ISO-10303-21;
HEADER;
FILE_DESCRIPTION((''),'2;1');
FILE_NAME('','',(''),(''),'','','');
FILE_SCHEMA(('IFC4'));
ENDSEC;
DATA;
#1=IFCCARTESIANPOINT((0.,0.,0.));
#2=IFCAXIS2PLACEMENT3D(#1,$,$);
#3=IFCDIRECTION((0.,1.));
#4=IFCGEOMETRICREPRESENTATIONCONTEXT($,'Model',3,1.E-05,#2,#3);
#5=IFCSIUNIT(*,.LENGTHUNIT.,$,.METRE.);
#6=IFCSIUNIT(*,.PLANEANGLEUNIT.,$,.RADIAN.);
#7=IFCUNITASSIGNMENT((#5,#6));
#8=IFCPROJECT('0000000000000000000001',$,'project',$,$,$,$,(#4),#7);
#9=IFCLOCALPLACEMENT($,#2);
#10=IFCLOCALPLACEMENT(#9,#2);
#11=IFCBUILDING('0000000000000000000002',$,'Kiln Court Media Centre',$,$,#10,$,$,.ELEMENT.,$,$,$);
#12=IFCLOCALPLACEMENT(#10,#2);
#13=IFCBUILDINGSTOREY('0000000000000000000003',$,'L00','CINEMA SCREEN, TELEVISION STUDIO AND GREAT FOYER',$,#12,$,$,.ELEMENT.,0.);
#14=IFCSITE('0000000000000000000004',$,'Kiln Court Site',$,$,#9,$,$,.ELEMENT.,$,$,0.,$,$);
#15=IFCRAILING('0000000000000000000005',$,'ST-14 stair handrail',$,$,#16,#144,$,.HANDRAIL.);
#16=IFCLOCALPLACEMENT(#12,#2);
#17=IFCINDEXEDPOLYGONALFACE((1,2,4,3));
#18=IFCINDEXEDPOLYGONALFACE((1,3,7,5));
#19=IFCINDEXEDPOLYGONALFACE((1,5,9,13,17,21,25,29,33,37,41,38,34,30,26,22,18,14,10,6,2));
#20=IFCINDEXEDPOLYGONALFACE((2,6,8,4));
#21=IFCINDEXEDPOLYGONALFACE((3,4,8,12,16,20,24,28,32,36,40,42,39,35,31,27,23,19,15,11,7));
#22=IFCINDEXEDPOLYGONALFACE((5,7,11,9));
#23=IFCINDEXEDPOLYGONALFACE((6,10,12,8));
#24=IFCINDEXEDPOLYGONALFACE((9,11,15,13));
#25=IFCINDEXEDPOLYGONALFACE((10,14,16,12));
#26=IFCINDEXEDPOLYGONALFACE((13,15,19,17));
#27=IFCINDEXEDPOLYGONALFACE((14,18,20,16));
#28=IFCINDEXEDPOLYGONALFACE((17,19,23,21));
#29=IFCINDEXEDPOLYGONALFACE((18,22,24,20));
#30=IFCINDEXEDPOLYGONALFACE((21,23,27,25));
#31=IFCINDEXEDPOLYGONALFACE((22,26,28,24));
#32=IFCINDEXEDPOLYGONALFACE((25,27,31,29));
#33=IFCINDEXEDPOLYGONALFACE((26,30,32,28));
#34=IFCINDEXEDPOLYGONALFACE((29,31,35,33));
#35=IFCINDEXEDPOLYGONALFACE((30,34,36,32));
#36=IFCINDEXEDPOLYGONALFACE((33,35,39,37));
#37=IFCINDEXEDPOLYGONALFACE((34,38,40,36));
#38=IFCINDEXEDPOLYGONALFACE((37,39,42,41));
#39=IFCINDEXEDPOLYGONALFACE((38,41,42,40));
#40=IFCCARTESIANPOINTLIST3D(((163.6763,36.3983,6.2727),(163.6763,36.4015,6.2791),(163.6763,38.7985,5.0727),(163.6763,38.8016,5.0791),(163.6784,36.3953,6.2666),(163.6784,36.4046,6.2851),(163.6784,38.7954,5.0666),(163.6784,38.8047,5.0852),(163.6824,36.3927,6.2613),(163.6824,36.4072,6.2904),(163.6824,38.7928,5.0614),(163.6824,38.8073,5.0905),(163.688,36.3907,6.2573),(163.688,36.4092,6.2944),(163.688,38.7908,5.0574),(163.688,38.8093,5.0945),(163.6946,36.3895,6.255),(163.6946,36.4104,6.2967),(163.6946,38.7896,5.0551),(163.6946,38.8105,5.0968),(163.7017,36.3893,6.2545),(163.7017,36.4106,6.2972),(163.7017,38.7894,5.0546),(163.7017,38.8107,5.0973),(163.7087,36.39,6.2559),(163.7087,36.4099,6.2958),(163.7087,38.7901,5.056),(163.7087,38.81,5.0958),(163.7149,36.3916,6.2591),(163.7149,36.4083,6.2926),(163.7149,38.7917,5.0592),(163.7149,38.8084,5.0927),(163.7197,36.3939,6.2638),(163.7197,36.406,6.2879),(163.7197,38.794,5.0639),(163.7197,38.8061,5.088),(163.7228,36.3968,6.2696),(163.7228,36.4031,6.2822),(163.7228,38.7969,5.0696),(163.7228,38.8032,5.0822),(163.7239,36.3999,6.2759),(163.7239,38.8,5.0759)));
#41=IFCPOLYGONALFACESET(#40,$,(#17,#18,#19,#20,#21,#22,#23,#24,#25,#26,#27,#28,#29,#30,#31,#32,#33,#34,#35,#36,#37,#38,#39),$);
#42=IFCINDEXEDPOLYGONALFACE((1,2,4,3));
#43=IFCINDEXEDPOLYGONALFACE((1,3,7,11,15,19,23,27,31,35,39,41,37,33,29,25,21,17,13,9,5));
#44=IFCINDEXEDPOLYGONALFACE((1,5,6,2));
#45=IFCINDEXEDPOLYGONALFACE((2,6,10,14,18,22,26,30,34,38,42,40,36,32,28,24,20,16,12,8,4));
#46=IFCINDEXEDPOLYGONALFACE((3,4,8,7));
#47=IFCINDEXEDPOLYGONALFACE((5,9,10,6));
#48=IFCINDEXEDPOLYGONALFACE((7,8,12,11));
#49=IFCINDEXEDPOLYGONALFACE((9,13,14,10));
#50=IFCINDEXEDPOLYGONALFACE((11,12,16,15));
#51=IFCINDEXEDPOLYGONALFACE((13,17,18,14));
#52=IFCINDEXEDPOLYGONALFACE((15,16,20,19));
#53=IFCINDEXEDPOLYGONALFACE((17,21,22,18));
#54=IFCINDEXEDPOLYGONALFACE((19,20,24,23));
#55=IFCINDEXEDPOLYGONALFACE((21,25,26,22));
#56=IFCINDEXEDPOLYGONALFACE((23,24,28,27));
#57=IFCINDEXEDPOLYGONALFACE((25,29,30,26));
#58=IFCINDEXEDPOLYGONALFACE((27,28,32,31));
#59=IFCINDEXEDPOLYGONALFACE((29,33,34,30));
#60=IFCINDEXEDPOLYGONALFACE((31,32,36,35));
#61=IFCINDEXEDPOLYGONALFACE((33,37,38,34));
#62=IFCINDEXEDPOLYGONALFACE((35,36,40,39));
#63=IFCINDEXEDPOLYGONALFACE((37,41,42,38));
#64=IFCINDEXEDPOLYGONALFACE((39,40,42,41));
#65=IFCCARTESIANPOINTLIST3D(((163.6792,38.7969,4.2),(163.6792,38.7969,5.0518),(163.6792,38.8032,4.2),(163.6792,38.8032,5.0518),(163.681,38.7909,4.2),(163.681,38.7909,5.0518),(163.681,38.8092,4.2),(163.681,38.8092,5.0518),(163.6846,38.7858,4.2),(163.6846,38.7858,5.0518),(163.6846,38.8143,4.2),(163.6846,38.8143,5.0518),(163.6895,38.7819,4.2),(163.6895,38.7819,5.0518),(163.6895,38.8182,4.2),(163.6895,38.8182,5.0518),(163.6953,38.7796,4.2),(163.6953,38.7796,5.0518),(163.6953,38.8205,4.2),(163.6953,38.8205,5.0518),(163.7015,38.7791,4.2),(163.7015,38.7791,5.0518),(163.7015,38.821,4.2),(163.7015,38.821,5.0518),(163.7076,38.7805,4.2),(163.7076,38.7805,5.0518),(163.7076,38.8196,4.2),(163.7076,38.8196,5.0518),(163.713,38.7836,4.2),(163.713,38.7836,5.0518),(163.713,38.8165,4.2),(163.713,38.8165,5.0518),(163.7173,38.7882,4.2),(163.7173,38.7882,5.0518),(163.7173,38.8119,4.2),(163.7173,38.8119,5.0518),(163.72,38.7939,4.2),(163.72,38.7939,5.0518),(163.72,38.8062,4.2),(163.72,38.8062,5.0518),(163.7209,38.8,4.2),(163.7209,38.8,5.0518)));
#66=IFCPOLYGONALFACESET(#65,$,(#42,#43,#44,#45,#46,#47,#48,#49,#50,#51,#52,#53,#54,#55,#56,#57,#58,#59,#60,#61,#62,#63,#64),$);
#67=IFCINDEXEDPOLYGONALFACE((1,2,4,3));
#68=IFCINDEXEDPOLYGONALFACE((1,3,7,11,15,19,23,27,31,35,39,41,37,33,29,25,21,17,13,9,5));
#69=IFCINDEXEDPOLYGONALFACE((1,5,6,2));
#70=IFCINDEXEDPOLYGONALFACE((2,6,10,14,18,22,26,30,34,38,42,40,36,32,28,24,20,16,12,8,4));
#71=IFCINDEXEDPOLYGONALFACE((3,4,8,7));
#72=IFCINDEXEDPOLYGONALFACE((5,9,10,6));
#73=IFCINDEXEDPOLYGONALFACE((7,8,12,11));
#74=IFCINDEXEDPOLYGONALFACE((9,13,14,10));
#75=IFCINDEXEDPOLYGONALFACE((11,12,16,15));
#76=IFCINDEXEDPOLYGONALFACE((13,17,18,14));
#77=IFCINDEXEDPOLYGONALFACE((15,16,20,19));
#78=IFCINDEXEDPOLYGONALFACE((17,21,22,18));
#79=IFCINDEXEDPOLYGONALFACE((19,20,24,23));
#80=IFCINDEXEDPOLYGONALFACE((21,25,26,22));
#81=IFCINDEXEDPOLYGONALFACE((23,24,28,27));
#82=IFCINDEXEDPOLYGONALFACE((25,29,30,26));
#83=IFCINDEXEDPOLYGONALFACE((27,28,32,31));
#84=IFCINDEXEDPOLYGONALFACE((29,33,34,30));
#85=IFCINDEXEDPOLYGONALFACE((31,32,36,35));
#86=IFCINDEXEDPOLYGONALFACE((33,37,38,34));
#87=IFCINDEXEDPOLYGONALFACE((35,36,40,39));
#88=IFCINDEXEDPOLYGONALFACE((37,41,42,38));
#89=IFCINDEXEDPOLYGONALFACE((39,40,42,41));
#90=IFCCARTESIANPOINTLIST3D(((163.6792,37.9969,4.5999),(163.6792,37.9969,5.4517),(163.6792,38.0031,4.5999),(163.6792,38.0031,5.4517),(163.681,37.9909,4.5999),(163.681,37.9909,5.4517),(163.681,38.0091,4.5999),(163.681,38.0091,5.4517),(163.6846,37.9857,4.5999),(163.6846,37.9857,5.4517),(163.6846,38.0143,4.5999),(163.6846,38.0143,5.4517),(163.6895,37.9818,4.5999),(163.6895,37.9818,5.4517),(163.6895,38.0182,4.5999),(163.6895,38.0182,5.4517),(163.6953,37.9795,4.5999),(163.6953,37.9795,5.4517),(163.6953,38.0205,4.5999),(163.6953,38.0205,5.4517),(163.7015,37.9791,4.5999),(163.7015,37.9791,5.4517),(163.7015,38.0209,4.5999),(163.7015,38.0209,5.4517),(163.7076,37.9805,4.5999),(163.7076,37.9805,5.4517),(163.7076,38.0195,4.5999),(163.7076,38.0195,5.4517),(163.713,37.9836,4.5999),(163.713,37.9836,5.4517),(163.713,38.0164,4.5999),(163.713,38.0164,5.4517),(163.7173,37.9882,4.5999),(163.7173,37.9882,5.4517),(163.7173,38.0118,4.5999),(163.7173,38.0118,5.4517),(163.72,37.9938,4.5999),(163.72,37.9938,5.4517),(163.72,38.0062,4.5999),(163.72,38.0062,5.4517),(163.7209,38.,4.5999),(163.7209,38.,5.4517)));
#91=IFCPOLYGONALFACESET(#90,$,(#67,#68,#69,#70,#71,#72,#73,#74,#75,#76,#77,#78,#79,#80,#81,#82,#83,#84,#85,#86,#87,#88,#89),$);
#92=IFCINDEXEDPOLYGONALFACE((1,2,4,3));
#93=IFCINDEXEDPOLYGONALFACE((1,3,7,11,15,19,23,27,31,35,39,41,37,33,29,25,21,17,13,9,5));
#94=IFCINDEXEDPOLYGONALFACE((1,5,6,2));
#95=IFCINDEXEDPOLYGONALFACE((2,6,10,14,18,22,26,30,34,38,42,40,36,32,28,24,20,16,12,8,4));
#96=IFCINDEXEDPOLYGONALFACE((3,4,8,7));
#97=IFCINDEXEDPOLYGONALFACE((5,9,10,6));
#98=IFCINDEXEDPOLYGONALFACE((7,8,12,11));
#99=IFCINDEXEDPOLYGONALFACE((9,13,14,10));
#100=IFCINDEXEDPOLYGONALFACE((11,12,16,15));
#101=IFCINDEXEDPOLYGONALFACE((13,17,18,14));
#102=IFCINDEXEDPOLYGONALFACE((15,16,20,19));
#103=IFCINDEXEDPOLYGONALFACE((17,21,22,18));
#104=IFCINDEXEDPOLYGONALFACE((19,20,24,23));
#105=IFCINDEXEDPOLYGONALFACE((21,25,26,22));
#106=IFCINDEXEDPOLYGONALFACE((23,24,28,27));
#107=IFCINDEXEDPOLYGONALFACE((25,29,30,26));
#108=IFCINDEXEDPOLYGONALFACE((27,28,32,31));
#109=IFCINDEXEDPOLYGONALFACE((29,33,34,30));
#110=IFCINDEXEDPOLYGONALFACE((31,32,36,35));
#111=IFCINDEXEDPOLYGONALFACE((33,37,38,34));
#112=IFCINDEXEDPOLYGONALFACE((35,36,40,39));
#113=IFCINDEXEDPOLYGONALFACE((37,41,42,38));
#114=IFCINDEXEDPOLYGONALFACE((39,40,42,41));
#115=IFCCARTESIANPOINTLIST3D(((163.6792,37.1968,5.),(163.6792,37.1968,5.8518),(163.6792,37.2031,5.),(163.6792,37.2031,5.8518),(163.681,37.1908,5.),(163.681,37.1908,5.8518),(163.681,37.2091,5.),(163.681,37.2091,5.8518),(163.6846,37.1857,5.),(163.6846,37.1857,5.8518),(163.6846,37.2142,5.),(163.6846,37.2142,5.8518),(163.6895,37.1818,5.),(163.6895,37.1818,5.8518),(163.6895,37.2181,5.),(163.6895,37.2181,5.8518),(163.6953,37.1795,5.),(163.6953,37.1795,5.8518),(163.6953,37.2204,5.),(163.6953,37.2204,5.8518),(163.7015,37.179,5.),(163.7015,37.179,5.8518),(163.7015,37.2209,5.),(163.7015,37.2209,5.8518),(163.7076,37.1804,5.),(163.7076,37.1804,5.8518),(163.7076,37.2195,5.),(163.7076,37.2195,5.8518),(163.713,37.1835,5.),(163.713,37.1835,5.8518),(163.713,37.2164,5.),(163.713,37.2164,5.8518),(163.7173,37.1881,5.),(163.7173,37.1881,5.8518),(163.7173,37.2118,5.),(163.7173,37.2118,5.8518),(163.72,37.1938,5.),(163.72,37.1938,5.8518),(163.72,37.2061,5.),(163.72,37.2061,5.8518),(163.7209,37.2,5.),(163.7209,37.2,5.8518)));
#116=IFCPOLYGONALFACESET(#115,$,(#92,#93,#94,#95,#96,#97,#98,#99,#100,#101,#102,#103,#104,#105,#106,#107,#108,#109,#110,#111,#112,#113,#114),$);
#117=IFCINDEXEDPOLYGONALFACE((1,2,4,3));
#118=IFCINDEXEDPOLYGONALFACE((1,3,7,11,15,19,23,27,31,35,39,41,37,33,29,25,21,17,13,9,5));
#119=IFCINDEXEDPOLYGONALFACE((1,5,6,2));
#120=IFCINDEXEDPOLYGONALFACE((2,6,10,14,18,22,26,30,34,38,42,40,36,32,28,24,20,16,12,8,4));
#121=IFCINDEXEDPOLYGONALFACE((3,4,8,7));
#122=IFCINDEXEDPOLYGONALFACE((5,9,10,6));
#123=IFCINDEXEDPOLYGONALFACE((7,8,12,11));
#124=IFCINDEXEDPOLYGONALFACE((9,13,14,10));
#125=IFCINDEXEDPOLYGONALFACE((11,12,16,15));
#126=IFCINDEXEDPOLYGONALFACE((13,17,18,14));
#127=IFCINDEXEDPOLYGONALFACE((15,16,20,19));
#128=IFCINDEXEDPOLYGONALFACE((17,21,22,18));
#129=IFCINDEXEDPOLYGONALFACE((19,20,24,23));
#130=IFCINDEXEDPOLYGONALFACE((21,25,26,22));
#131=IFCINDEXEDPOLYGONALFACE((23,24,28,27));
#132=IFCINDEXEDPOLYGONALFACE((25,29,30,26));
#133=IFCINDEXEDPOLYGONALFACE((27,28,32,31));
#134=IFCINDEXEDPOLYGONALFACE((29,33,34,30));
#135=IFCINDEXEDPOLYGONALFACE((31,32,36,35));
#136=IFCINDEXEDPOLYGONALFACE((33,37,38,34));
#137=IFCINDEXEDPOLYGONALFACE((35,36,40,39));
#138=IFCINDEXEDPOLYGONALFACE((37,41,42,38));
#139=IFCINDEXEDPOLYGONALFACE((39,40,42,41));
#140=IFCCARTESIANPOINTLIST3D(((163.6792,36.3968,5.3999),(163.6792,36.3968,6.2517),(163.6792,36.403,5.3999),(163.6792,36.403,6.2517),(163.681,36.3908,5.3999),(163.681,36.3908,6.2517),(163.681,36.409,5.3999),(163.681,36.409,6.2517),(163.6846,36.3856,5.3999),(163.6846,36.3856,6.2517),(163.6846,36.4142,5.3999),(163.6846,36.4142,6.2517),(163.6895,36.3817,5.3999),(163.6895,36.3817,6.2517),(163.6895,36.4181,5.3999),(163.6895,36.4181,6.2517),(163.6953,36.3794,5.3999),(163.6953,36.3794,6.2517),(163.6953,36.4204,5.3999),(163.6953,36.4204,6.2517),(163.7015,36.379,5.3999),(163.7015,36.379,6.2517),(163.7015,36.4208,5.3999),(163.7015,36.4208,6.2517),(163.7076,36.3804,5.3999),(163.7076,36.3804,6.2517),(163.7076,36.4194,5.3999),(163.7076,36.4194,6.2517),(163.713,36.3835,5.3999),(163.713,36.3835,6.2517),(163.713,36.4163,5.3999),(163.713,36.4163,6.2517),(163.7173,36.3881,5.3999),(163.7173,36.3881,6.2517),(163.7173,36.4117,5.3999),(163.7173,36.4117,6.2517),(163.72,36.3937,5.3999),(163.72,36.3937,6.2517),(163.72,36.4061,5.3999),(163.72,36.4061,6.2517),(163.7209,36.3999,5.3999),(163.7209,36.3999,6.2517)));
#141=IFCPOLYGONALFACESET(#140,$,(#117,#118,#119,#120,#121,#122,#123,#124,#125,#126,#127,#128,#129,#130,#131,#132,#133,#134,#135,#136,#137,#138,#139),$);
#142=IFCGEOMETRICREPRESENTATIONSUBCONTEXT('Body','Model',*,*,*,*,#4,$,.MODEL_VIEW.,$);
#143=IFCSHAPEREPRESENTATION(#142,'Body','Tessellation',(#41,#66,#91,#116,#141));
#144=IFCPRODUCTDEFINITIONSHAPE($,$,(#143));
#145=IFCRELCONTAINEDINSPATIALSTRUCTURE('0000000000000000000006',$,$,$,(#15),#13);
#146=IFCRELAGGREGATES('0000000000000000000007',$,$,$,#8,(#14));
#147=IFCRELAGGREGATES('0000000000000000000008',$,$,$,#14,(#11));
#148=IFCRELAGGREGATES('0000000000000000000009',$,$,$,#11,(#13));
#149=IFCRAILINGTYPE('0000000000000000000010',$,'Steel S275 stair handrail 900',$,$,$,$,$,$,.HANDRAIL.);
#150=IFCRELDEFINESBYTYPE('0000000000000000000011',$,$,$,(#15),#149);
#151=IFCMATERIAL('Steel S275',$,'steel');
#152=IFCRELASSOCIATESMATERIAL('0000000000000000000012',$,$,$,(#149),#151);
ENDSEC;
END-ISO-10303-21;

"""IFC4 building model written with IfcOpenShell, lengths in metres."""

from ifc_helpers import new_model, si_unit, direction, frame, origin, origin_2d, place, context, subcontext, project, spatial, circle, extrude, material, type_object, element, save


model = new_model("IFC4")

# Units and contexts
model_context = context("Model", 3, precision=1e-05, world=origin(), true_north=direction((0.0, 1.0)))
body_context = subcontext(model_context, "Body", "Model", "MODEL_VIEW")
ifc_project = project(units=[si_unit("LENGTHUNIT", "METRE"), si_unit("PLANEANGLEUNIT", "RADIAN")], contexts=[model_context])

# Site, building, storey
site_placement = place(None, origin())
site = spatial("IfcSite", under=ifc_project, at=site_placement, Name="Kiln Court Site", CompositionType="ELEMENT", RefElevation=0.0)
building_placement = place(site_placement, origin())
building = spatial("IfcBuilding", under=site, at=building_placement, Name="Kiln Court Media Centre", CompositionType="ELEMENT")
storey_placement = place(building_placement, origin())
storey = spatial("IfcBuildingStorey", under=building, at=storey_placement, Name="L00", Description="CINEMA SCREEN, TELEVISION STUDIO AND GREAT FOYER", CompositionType="ELEMENT", Elevation=0.0)

# Railing
ifc_material_1 = material(Name="Steel S275", Category="steel")
railing_type_1 = type_object("IfcRailingType", Name="Steel S275 stair handrail 900", PredefinedType="HANDRAIL", material=ifc_material_1)
railing_1_placement = place(storey_placement, frame((163.7, 38.8, 4.2)))
element("IfcRailing", 1, at=railing_1_placement, inside=storey, type_object=railing_type_1, Name="ST-14 stair handrail", PredefinedType="HANDRAIL", context=body_context, shape_type="SweptSolid", body=[
    extrude(circle(Radius=0.0239, at=origin_2d()), frame((0.0, 0.0, 0.876), z_axis=(0.0, -0.894445, 0.447177), x_axis=(1.0, 0.0, 0.0)), (0.0, 0.0, 1.0), 2.6833),
    extrude(circle(Radius=0.021, at=origin_2d()), origin(), (0.0, 0.0, 1.0), 0.8518),
    extrude(circle(Radius=0.021, at=origin_2d()), frame((0.0, -0.8, 0.3999)), (0.0, 0.0, 1.0), 0.8518),
    extrude(circle(Radius=0.021, at=origin_2d()), frame((0.0, -1.6001, 0.8)), (0.0, 0.0, 1.0), 0.8518),
    extrude(circle(Radius=0.021, at=origin_2d()), frame((0.0, -2.4001, 1.2)), (0.0, 0.0, 1.0), 0.8518),
])

save(model, "model.ifc")
